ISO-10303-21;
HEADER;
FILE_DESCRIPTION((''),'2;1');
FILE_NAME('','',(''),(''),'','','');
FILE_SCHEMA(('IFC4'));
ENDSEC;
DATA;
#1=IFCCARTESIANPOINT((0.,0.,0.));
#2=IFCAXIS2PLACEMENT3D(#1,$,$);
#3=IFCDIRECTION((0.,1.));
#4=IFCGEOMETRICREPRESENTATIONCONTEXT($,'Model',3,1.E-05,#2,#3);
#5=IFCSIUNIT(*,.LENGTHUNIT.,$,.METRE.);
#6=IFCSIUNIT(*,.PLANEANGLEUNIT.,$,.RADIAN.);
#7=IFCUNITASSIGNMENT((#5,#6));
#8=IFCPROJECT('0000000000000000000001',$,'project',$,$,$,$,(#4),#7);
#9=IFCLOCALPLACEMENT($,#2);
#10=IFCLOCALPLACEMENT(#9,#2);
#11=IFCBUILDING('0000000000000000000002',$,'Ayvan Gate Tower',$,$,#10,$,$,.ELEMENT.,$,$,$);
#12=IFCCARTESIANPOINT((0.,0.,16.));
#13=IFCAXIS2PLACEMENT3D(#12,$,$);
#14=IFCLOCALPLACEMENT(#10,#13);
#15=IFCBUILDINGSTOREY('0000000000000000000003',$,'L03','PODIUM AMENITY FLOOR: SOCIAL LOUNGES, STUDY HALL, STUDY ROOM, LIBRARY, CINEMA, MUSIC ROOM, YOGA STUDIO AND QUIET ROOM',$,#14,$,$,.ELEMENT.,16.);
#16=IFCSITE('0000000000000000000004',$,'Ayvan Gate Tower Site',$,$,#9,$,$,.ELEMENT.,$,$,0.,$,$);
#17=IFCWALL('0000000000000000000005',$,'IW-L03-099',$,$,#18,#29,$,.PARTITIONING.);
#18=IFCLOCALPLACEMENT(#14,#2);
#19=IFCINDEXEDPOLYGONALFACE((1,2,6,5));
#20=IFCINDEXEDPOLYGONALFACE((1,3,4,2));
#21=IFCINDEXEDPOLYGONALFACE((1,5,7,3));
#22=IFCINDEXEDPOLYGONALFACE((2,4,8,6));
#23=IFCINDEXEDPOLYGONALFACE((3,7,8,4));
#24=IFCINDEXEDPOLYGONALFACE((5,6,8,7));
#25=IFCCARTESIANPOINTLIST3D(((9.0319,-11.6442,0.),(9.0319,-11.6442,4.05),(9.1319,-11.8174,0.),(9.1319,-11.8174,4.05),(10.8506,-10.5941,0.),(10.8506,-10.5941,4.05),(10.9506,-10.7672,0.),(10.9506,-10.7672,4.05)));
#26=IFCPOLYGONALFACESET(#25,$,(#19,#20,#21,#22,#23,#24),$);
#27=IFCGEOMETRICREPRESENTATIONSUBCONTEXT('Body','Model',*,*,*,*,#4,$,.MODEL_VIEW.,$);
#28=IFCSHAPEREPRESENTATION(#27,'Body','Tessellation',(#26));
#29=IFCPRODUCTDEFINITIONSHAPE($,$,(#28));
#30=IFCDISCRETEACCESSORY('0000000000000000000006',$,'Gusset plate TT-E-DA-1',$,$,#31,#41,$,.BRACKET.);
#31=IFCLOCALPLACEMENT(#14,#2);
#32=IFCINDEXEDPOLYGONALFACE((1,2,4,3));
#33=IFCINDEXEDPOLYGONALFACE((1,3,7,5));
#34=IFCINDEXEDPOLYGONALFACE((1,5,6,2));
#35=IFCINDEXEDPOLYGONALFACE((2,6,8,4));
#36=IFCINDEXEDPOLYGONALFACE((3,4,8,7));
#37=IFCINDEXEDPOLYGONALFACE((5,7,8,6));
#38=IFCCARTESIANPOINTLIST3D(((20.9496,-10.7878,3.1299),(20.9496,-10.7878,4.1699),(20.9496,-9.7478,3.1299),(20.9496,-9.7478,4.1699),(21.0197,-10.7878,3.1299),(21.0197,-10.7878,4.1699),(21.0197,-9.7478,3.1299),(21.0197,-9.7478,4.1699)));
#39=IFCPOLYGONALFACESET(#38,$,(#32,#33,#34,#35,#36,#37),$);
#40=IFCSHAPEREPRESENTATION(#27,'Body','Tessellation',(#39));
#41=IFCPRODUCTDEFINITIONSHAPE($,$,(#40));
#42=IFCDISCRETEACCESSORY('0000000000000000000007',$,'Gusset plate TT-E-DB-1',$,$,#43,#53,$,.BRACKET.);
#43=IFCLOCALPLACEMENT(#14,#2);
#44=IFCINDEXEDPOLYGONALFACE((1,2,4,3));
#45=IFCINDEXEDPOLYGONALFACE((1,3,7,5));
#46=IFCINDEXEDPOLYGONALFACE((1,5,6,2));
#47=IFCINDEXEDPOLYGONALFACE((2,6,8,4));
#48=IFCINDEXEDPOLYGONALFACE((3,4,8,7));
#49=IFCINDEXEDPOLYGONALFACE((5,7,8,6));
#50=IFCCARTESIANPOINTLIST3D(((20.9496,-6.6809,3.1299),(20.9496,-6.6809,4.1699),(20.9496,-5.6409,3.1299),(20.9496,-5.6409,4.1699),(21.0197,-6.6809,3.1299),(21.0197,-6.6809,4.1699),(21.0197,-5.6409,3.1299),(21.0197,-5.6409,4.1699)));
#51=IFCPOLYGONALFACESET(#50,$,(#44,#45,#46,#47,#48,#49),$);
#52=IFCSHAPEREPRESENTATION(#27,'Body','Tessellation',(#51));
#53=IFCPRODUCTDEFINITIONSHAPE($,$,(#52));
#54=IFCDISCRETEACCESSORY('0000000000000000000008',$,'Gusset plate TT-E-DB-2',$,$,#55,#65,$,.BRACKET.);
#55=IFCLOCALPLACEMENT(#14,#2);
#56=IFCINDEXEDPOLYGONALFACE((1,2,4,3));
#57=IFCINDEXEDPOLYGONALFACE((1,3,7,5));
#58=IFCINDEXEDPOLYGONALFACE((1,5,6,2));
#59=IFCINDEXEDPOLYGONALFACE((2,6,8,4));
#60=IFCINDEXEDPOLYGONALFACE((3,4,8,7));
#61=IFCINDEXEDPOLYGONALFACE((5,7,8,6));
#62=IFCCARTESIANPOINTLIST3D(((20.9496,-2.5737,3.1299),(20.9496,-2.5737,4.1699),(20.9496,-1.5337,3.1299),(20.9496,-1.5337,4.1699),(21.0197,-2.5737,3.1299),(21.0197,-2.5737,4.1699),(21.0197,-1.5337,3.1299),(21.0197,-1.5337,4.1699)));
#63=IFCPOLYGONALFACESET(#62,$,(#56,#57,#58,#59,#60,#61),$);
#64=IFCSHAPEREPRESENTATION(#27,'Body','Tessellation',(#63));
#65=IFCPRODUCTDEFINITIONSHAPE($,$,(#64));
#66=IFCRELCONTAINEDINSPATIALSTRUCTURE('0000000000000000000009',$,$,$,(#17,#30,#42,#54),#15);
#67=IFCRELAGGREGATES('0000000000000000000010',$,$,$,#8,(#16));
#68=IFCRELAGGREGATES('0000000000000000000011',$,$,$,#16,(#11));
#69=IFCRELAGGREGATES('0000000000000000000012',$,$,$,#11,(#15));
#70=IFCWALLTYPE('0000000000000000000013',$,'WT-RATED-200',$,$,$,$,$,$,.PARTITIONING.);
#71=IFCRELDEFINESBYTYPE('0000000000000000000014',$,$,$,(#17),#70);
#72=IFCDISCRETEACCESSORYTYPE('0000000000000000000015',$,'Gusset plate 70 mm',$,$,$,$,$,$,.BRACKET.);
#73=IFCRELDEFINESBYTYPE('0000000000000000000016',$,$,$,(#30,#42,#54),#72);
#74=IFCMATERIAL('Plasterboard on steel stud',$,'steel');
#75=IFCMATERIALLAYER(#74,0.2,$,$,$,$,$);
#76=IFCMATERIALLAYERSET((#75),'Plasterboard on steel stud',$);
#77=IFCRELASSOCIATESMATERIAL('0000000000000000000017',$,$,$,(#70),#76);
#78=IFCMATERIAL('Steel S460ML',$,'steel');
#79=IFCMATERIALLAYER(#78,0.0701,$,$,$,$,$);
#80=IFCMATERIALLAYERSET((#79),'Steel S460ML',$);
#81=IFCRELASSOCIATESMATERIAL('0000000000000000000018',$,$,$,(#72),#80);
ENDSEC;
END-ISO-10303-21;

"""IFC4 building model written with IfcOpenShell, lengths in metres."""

from ifc_helpers import new_model, si_unit, direction, frame, frame_2d, origin, origin_2d, place, context, subcontext, project, spatial, rectangle, extrude, material, layer, layer_set, type_object, element, save


model = new_model("IFC4")

# Units and contexts
model_context = context("Model", 3, precision=1e-05, world=origin(), true_north=direction((0.0, 1.0)))
body_context = subcontext(model_context, "Body", "Model", "MODEL_VIEW")
ifc_project = project(units=[si_unit("LENGTHUNIT", "METRE"), si_unit("PLANEANGLEUNIT", "RADIAN")], contexts=[model_context])

# Site, building, storey
site_placement = place(None, origin())
site = spatial("IfcSite", under=ifc_project, at=site_placement, Name="Ayvan Gate Tower Site", CompositionType="ELEMENT", RefElevation=0.0)
building_placement = place(site_placement, origin())
building = spatial("IfcBuilding", under=site, at=building_placement, Name="Ayvan Gate Tower", CompositionType="ELEMENT")
storey_placement = place(building_placement, frame((0.0, 0.0, 16.0)))
storey = spatial("IfcBuildingStorey", under=building, at=storey_placement, Name="L03", Description="PODIUM AMENITY FLOOR: SOCIAL LOUNGES, STUDY HALL, STUDY ROOM, LIBRARY, CINEMA, MUSIC ROOM, YOGA STUDIO AND QUIET ROOM", CompositionType="ELEMENT", Elevation=16.0)

# Shared definitions
ifc_material_1 = material(Name="Plasterboard on steel stud", Category="steel")

# Shared definitions
ifc_layer_1 = layer(ifc_material_1, 0.2)
ifc_layer_set_1 = layer_set([ifc_layer_1], Name="Plasterboard on steel stud")
wall_type_1 = type_object("IfcWallType", Name="WT-RATED-200", PredefinedType="PARTITIONING", material=ifc_layer_set_1)

# Wall
wall_1_placement = place(storey_placement, frame((10.9006, -10.6807, 0.0), z_axis=(0.0, 0.0, 1.0), x_axis=(-0.866009, -0.500028, 0.0)))
element("IfcWall", 1, at=wall_1_placement, inside=storey, type_object=wall_type_1, Name="IW-L03-099", PredefinedType="PARTITIONING", context=body_context, shape_type="SweptSolid", body=[
    extrude(rectangle(XDim=2.1001, YDim=0.2, at=frame_2d((1.05, 0.0))), origin(), (0.0, 0.0, 1.0), 4.05),
])

# Discrete accessories
ifc_material_2 = material(Name="Steel S460ML", Category="steel")
ifc_layer_2 = layer(ifc_material_2, 0.0701)
ifc_layer_set_2 = layer_set([ifc_layer_2], Name="Steel S460ML")
discrete_accessory_type = type_object("IfcDiscreteAccessoryType", Name="Gusset plate 70 mm", PredefinedType="BRACKET", material=ifc_layer_set_2)
for number, where, z_axis, x_axis, name in (
    (2, (20.9846, -10.2678, 3.1299), (0.0, 0.0, 1.0), (0.0, 1.0, 0.0), "Gusset plate TT-E-DA-1"),
    (3, (20.9846, -6.1609, 3.1299), (0.0, 0.0, 1.0), (0.0, 1.0, 0.0), "Gusset plate TT-E-DB-1"),
    (4, (20.9846, -2.0537, 3.1299), (0.0, 0.0, 1.0), (0.0, 1.0, 0.0), "Gusset plate TT-E-DB-2"),
):
    element("IfcDiscreteAccessory", number, at=place(storey_placement, frame(where, z_axis=z_axis, x_axis=x_axis)), inside=storey, type_object=discrete_accessory_type, Name=name, PredefinedType="BRACKET", context=body_context, shape_type="SweptSolid", body=[
        extrude(rectangle(XDim=1.04, YDim=0.0701, at=origin_2d()), origin(), (0.0, 0.0, 1.0), 1.04),
    ])

save(model, "model.ifc")
